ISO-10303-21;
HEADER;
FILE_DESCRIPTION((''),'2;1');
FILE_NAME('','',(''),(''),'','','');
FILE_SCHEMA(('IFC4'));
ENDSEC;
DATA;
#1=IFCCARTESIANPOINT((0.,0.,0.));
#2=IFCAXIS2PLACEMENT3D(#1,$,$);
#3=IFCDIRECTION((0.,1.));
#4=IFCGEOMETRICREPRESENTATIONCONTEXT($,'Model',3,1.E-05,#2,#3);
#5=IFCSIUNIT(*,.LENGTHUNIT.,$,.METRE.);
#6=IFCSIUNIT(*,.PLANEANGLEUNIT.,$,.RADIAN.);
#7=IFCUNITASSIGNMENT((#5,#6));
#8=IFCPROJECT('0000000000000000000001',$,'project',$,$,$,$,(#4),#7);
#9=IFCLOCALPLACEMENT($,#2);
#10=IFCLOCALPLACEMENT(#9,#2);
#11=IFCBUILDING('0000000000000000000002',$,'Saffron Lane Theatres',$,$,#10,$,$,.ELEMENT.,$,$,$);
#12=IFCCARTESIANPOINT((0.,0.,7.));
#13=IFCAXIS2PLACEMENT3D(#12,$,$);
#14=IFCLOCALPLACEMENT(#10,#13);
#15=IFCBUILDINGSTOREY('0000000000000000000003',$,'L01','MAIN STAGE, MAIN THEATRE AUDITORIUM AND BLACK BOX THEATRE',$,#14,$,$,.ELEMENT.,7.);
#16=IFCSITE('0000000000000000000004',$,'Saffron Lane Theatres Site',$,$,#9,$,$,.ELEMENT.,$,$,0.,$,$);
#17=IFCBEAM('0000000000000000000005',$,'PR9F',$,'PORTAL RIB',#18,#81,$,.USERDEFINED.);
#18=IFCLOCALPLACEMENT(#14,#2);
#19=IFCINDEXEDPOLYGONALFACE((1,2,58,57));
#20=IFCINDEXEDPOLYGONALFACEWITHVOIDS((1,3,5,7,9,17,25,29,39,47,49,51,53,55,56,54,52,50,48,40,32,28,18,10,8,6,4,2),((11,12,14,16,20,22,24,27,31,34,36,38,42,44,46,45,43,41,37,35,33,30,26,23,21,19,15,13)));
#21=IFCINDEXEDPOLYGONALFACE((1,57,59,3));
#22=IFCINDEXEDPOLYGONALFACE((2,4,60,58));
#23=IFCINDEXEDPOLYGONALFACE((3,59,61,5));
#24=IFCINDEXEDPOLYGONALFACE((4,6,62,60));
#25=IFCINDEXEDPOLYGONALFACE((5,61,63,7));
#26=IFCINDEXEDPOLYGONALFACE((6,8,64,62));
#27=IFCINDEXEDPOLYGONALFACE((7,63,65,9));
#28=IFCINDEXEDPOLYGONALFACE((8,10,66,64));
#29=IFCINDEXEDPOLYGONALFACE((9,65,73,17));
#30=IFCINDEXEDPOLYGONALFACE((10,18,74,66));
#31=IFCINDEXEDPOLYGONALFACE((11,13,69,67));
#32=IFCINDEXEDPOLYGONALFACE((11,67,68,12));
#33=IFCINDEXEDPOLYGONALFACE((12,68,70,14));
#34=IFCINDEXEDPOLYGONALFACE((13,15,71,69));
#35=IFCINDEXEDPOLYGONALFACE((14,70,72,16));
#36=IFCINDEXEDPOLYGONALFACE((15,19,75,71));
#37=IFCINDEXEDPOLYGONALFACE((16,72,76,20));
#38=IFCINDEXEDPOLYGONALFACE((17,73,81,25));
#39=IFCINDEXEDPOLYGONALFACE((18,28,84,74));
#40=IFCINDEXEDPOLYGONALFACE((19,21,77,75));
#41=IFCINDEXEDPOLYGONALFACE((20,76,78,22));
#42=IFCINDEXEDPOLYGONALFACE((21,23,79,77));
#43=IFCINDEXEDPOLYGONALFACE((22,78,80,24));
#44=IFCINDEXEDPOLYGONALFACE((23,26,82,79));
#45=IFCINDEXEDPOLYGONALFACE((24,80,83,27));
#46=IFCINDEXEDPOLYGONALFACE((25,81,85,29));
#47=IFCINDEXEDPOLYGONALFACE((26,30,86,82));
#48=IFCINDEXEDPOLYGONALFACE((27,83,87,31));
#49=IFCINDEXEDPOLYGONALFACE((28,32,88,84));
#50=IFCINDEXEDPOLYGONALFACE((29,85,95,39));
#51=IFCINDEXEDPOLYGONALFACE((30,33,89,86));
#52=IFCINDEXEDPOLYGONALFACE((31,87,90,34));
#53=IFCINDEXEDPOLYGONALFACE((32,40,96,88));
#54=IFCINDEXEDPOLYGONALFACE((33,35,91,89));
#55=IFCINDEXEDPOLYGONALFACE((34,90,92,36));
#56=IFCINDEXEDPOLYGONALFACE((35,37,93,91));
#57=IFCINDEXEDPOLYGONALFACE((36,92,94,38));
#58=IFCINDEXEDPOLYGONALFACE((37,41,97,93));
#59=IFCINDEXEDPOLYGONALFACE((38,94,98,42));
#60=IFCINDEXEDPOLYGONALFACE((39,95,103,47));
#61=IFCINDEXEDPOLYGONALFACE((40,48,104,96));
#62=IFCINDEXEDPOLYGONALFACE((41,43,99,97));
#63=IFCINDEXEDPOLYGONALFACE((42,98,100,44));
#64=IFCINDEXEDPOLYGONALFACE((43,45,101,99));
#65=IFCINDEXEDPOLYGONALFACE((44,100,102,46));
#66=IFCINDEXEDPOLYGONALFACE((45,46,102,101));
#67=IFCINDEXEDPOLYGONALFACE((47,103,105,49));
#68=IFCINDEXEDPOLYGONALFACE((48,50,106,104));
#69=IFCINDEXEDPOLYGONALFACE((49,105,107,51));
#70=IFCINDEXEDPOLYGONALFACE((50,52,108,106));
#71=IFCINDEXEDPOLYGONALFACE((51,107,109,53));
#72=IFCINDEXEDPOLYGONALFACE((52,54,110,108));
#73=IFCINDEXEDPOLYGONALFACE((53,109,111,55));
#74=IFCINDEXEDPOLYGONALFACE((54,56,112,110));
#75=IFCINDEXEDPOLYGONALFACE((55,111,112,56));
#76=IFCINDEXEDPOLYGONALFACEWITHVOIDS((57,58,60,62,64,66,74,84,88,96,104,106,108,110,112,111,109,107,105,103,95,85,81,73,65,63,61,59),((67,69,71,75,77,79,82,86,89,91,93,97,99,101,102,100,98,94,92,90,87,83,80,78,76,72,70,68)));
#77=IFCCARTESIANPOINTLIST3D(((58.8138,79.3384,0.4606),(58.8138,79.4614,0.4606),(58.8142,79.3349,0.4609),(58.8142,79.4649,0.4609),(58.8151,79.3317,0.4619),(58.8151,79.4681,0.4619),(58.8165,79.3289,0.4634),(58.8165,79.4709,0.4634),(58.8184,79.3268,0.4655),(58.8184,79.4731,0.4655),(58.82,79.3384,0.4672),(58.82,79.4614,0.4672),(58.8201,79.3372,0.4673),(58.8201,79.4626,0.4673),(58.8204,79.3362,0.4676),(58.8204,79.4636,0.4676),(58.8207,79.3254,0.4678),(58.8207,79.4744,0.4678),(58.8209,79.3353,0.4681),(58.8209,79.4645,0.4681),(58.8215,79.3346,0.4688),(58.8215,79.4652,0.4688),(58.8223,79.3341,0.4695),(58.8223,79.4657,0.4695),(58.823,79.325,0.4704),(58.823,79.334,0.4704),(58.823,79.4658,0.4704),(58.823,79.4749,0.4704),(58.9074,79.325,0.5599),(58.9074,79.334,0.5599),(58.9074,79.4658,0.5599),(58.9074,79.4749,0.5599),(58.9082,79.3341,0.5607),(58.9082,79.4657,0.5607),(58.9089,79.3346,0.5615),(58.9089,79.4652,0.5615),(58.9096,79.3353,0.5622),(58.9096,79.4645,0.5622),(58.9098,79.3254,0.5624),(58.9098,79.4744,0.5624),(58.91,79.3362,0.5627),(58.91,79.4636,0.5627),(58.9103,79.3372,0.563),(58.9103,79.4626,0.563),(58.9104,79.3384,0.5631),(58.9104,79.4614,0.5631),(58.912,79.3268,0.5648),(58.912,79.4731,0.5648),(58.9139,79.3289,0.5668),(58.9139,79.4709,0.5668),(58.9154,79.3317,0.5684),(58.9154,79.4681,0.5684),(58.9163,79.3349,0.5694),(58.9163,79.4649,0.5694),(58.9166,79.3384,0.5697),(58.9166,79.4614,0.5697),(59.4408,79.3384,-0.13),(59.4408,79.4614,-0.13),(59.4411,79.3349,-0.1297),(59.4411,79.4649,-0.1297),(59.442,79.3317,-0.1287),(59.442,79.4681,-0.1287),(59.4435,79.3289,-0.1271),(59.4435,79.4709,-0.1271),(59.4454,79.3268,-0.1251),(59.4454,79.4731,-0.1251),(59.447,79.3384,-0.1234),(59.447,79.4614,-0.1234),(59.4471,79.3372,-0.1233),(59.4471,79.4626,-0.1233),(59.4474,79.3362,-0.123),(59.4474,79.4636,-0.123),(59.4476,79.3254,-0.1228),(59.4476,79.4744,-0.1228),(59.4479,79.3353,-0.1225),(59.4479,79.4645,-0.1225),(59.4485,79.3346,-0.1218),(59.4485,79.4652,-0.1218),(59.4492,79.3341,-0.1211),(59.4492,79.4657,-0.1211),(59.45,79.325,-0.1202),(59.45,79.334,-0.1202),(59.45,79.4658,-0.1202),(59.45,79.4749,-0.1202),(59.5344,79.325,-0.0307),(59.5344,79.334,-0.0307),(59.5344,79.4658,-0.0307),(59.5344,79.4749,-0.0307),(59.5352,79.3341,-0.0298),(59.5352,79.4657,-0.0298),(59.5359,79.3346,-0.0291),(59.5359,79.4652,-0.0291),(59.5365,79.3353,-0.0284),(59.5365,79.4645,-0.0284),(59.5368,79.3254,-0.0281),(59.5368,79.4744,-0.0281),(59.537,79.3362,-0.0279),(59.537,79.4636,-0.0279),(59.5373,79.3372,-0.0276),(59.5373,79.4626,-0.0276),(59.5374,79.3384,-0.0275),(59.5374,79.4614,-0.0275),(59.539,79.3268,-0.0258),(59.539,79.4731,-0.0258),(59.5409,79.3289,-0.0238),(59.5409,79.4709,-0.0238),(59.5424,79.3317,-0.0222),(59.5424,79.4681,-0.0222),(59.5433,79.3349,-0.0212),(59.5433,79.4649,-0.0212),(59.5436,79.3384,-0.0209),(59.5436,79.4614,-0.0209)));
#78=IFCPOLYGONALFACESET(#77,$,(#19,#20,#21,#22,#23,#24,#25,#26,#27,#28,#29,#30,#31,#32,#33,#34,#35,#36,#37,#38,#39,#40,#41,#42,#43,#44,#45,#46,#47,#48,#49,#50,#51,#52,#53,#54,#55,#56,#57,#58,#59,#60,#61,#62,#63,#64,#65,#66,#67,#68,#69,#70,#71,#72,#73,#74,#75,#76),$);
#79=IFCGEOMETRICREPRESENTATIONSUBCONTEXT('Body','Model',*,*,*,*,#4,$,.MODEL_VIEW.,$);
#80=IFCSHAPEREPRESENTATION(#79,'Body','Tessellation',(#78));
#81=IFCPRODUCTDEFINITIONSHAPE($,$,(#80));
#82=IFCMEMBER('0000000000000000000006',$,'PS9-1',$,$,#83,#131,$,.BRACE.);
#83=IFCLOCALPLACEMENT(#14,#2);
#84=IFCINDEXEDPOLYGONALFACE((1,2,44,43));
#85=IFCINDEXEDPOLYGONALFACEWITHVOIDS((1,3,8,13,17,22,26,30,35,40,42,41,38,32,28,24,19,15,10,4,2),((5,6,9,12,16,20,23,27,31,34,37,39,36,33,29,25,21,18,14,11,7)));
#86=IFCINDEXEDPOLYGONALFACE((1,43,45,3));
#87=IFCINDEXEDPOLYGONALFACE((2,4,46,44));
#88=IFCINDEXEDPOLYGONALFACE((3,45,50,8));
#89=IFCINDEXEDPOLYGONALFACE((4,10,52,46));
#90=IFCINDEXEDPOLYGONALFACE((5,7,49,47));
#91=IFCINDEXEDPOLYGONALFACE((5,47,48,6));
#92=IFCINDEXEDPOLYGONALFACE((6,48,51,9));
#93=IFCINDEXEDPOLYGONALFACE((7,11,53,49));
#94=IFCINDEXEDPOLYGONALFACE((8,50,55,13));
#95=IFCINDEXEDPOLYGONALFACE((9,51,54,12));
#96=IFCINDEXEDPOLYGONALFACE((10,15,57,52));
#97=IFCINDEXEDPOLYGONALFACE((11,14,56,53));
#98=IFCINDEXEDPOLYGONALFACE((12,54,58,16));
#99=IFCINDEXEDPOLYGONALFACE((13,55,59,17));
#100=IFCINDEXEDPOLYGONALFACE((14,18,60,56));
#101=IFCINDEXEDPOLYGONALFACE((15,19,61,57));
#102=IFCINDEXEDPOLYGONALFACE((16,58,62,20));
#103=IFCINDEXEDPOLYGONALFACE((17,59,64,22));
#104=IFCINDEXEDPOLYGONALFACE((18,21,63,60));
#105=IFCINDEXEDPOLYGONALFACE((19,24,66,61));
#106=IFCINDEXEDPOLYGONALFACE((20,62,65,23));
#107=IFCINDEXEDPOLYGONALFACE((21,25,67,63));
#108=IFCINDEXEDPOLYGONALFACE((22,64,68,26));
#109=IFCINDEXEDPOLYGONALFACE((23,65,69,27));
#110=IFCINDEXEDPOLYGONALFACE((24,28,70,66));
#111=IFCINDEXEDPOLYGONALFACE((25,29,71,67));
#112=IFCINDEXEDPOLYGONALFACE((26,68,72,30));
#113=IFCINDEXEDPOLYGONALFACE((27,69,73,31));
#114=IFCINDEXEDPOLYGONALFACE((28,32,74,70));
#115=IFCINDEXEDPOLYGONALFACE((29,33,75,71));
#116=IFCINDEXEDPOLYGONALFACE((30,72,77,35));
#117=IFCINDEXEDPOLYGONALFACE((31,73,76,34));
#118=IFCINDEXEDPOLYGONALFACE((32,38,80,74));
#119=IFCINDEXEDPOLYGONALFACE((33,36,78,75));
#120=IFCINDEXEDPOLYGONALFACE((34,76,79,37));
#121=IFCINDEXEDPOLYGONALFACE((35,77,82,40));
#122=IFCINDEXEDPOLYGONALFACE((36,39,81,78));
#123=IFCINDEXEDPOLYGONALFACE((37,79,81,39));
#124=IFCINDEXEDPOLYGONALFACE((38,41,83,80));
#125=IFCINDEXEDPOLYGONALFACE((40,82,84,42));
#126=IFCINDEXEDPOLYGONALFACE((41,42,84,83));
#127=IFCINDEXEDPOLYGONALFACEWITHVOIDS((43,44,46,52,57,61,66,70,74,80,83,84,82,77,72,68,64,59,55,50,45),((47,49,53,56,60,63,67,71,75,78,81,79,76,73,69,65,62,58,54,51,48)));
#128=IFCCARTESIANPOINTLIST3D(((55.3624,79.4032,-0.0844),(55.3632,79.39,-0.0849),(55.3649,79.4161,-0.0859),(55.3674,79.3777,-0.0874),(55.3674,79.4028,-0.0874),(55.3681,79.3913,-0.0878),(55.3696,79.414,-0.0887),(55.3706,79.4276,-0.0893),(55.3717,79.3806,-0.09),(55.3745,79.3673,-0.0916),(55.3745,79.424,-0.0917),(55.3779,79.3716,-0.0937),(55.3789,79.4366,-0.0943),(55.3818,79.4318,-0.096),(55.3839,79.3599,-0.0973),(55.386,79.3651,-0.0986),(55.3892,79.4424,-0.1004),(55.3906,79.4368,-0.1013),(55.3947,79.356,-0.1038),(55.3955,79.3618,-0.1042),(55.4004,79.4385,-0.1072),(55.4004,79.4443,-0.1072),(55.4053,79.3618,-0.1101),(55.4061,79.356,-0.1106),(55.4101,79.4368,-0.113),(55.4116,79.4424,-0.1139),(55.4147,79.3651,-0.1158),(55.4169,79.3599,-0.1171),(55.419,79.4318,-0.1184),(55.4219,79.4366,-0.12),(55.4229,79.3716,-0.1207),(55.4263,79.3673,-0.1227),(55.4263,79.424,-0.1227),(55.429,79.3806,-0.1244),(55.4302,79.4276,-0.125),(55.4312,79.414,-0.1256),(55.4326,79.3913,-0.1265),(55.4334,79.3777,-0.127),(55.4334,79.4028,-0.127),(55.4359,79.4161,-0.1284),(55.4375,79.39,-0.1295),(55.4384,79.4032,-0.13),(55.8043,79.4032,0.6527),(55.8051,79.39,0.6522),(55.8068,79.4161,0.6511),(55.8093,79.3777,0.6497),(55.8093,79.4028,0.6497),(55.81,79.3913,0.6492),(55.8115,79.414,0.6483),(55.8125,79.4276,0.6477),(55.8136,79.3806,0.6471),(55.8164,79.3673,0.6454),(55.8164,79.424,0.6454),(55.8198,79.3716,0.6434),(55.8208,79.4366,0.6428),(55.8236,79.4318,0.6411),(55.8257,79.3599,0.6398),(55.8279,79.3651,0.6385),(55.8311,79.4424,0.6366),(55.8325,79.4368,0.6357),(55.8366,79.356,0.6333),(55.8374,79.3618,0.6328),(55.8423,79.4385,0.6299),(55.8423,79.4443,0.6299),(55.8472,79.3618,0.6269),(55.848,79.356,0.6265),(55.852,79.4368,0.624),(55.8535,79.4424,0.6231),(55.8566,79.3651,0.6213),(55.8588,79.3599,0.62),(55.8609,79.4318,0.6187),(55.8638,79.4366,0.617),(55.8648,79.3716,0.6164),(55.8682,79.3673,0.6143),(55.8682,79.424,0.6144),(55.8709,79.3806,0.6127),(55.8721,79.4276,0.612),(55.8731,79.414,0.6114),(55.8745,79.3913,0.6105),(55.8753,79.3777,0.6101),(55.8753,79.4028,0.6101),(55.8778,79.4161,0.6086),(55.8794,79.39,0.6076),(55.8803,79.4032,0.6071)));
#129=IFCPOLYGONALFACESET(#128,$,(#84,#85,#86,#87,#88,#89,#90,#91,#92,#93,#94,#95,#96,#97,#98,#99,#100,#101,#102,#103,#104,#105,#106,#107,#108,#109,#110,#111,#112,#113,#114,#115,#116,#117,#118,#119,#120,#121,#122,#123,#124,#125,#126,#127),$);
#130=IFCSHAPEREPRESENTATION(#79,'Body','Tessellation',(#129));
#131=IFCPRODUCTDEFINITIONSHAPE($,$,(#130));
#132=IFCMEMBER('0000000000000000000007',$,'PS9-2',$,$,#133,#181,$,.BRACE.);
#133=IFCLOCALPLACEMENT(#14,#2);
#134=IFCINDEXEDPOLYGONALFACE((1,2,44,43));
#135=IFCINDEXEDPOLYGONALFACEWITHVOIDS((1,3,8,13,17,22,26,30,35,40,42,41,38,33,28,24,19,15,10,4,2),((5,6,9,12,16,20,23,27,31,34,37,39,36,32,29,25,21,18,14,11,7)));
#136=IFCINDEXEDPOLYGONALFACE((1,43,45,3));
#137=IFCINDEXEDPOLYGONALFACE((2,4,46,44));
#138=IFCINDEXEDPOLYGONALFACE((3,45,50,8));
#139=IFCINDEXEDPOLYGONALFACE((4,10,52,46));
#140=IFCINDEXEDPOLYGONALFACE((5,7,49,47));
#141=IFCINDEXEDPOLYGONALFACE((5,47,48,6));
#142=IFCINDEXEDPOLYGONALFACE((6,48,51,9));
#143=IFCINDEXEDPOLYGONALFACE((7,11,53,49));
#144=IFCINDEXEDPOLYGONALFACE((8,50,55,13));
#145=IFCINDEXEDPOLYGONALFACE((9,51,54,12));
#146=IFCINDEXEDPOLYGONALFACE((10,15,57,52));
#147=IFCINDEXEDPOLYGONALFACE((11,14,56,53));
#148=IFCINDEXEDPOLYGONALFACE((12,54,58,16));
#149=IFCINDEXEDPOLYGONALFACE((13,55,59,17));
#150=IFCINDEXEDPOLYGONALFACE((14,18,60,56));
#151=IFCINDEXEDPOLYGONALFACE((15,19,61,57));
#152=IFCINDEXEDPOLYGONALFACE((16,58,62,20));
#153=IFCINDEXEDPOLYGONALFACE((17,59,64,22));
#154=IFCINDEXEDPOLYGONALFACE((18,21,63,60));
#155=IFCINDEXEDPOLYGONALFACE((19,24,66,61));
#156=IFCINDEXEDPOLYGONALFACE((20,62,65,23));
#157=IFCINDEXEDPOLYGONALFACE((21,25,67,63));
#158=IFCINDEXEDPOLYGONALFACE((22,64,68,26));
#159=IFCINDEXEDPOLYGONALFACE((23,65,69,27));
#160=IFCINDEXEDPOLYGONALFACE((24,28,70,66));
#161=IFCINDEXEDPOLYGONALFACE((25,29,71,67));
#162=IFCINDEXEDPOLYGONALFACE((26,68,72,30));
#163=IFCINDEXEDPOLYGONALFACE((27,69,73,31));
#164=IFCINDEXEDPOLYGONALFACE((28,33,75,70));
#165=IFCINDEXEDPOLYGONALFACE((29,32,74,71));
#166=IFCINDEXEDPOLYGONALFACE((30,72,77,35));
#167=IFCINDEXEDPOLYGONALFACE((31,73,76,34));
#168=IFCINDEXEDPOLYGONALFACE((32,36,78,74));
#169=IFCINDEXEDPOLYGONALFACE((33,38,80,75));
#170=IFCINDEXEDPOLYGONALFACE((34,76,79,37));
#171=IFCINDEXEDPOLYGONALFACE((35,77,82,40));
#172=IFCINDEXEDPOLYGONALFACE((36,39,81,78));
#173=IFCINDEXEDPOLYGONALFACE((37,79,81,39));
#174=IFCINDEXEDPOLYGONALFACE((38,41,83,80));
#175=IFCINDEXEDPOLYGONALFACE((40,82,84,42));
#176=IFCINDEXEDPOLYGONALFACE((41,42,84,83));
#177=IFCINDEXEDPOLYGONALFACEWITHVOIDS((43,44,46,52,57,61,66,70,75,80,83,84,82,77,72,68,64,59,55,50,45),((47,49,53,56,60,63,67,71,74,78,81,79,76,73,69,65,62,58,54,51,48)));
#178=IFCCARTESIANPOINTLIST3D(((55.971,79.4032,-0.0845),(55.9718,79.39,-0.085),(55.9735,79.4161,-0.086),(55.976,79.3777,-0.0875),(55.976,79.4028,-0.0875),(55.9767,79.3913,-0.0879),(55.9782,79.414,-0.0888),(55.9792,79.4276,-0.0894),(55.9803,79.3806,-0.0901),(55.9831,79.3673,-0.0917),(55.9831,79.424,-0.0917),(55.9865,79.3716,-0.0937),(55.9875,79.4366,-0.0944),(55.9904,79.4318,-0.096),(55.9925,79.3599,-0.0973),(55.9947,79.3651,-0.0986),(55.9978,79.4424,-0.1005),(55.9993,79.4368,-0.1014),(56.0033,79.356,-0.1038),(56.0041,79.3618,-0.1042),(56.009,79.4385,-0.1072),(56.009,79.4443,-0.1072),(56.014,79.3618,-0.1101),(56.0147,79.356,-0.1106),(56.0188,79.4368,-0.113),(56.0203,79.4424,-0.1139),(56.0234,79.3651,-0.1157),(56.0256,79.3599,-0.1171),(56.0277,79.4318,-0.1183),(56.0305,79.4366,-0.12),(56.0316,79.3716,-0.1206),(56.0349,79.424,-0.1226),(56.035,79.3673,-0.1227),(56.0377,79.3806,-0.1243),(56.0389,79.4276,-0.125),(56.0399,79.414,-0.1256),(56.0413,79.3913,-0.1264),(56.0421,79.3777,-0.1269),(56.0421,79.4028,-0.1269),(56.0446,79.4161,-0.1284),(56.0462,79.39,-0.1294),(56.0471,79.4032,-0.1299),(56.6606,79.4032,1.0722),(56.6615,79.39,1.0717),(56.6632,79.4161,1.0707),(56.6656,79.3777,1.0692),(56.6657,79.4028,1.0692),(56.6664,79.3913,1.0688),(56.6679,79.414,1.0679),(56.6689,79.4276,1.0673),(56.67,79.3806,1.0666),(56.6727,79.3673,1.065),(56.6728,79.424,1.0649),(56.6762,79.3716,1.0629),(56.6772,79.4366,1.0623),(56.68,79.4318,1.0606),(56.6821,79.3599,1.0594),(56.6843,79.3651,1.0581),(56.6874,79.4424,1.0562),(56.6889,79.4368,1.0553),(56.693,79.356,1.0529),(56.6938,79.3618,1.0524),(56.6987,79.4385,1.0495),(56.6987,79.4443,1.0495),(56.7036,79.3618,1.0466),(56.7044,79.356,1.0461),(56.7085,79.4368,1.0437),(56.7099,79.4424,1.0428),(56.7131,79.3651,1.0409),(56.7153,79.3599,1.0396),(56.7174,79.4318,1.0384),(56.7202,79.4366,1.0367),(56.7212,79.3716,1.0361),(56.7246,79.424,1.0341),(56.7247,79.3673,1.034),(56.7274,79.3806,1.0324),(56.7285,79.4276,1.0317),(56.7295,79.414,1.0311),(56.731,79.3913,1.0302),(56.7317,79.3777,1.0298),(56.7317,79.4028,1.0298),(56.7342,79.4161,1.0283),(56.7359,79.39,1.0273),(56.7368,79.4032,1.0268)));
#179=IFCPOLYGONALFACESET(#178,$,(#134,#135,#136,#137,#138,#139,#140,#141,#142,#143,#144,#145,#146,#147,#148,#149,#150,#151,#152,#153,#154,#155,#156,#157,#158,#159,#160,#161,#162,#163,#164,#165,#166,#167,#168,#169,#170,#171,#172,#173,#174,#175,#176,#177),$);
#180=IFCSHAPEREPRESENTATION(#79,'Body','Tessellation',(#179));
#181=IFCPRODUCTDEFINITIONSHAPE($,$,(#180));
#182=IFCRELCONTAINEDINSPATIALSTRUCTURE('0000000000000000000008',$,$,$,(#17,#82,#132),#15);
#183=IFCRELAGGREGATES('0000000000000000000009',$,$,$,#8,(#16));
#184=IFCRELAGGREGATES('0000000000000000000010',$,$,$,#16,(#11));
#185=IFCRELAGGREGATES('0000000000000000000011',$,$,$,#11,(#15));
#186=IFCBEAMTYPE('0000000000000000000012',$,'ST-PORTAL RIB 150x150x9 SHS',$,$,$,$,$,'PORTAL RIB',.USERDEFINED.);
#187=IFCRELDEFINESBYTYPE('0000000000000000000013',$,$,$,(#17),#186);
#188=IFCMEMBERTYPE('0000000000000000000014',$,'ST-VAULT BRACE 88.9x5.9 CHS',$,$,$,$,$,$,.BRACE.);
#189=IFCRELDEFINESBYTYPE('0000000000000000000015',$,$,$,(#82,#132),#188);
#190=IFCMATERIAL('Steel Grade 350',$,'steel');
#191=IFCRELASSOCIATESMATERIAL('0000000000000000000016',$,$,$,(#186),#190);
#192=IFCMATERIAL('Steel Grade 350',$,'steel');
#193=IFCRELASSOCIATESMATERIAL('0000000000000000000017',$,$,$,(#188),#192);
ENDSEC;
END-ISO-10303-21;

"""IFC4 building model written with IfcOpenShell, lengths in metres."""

from ifc_helpers import new_model, si_unit, direction, frame, origin, origin_2d, place, context, subcontext, project, spatial, hollow_rectangle, hollow_circle, extrude, material, material_profile, profile_set, type_object, element, save


model = new_model("IFC4")

# Units and contexts
model_context = context("Model", 3, precision=1e-05, world=origin(), true_north=direction((0.0, 1.0)))
body_context = subcontext(model_context, "Body", "Model", "MODEL_VIEW")
ifc_project = project(units=[si_unit("LENGTHUNIT", "METRE"), si_unit("PLANEANGLEUNIT", "RADIAN")], contexts=[model_context])

# Site, building, storey
site_placement = place(None, origin())
site = spatial("IfcSite", under=ifc_project, at=site_placement, Name="Saffron Lane Theatres Site", CompositionType="ELEMENT", RefElevation=0.0)
building_placement = place(site_placement, origin())
building = spatial("IfcBuilding", under=site, at=building_placement, Name="Saffron Lane Theatres", CompositionType="ELEMENT")
storey_placement = place(building_placement, frame((0.0, 0.0, 7.0)))
storey = spatial("IfcBuildingStorey", under=building, at=storey_placement, Name="L01", Description="MAIN STAGE, MAIN THEATRE AUDITORIUM AND BLACK BOX THEATRE", CompositionType="ELEMENT", Elevation=7.0)

# Beam
ifc_material_1 = material(Name="Steel Grade 350", Category="steel")
ifc_material_profile_1 = material_profile(ifc_material_1, hollow_rectangle(XDim=0.1499, YDim=0.1499, WallThickness=0.009, InnerFilletRadius=0.0044, OuterFilletRadius=0.0134, at=origin_2d()))
ifc_profile_set_1 = profile_set([ifc_material_profile_1], Name="Steel Grade 350")
beam_type_1 = type_object("IfcBeamType", Name="ST-PORTAL RIB 150x150x9 SHS", ElementType="PORTAL RIB", PredefinedType="USERDEFINED", material=ifc_profile_set_1)
beam_1_placement = place(storey_placement, frame((58.8652, 79.3999, 0.5151), z_axis=(0.727909, 0.0, -0.685674), x_axis=(0.0, 1.0, 0.0)))
element("IfcBeam", 1, at=beam_1_placement, inside=storey, type_object=beam_type_1, Name="PR9F", ObjectType="PORTAL RIB", PredefinedType="USERDEFINED", context=body_context, shape_type="SweptSolid", body=[
    extrude(hollow_rectangle(XDim=0.1499, YDim=0.1499, WallThickness=0.009, InnerFilletRadius=0.0044, OuterFilletRadius=0.0134, at=origin_2d()), origin(), (0.0, 0.0, 1.0), 0.8613),
])

# Members
ifc_material_2 = material(Name="Steel Grade 350", Category="steel")
ifc_material_profile_2 = material_profile(ifc_material_2, hollow_circle(Radius=0.0444, WallThickness=0.0059, at=origin_2d()))
ifc_profile_set_2 = profile_set([ifc_material_profile_2], Name="Steel Grade 350")
member_type_1 = type_object("IfcMemberType", Name="ST-VAULT BRACE 88.9x5.9 CHS", PredefinedType="BRACE", material=ifc_profile_set_2)
member_1_placement = place(storey_placement, frame((55.4004, 79.3999, -0.1072), z_axis=(0.514203, 0.0, 0.857668), x_axis=(0.0, 1.0, 0.0)))
element("IfcMember", 2, at=member_1_placement, inside=storey, type_object=member_type_1, Name="PS9-1", PredefinedType="BRACE", context=body_context, shape_type="SweptSolid", body=[
    extrude(hollow_circle(Radius=0.0444, WallThickness=0.0059, at=origin_2d()), origin(), (0.0, 0.0, 1.0), 0.8594),
])
member_2_placement = place(storey_placement, frame((56.009, 79.3999, -0.1072), z_axis=(0.512121, 0.0, 0.858913), x_axis=(0.0, 1.0, 0.0)))
element("IfcMember", 3, at=member_2_placement, inside=storey, type_object=member_type_1, Name="PS9-2", PredefinedType="BRACE", context=body_context, shape_type="SweptSolid", body=[
    extrude(hollow_circle(Radius=0.0444, WallThickness=0.0059, at=origin_2d()), origin(), (0.0, 0.0, 1.0), 1.3467),
])

save(model, "model.ifc")
